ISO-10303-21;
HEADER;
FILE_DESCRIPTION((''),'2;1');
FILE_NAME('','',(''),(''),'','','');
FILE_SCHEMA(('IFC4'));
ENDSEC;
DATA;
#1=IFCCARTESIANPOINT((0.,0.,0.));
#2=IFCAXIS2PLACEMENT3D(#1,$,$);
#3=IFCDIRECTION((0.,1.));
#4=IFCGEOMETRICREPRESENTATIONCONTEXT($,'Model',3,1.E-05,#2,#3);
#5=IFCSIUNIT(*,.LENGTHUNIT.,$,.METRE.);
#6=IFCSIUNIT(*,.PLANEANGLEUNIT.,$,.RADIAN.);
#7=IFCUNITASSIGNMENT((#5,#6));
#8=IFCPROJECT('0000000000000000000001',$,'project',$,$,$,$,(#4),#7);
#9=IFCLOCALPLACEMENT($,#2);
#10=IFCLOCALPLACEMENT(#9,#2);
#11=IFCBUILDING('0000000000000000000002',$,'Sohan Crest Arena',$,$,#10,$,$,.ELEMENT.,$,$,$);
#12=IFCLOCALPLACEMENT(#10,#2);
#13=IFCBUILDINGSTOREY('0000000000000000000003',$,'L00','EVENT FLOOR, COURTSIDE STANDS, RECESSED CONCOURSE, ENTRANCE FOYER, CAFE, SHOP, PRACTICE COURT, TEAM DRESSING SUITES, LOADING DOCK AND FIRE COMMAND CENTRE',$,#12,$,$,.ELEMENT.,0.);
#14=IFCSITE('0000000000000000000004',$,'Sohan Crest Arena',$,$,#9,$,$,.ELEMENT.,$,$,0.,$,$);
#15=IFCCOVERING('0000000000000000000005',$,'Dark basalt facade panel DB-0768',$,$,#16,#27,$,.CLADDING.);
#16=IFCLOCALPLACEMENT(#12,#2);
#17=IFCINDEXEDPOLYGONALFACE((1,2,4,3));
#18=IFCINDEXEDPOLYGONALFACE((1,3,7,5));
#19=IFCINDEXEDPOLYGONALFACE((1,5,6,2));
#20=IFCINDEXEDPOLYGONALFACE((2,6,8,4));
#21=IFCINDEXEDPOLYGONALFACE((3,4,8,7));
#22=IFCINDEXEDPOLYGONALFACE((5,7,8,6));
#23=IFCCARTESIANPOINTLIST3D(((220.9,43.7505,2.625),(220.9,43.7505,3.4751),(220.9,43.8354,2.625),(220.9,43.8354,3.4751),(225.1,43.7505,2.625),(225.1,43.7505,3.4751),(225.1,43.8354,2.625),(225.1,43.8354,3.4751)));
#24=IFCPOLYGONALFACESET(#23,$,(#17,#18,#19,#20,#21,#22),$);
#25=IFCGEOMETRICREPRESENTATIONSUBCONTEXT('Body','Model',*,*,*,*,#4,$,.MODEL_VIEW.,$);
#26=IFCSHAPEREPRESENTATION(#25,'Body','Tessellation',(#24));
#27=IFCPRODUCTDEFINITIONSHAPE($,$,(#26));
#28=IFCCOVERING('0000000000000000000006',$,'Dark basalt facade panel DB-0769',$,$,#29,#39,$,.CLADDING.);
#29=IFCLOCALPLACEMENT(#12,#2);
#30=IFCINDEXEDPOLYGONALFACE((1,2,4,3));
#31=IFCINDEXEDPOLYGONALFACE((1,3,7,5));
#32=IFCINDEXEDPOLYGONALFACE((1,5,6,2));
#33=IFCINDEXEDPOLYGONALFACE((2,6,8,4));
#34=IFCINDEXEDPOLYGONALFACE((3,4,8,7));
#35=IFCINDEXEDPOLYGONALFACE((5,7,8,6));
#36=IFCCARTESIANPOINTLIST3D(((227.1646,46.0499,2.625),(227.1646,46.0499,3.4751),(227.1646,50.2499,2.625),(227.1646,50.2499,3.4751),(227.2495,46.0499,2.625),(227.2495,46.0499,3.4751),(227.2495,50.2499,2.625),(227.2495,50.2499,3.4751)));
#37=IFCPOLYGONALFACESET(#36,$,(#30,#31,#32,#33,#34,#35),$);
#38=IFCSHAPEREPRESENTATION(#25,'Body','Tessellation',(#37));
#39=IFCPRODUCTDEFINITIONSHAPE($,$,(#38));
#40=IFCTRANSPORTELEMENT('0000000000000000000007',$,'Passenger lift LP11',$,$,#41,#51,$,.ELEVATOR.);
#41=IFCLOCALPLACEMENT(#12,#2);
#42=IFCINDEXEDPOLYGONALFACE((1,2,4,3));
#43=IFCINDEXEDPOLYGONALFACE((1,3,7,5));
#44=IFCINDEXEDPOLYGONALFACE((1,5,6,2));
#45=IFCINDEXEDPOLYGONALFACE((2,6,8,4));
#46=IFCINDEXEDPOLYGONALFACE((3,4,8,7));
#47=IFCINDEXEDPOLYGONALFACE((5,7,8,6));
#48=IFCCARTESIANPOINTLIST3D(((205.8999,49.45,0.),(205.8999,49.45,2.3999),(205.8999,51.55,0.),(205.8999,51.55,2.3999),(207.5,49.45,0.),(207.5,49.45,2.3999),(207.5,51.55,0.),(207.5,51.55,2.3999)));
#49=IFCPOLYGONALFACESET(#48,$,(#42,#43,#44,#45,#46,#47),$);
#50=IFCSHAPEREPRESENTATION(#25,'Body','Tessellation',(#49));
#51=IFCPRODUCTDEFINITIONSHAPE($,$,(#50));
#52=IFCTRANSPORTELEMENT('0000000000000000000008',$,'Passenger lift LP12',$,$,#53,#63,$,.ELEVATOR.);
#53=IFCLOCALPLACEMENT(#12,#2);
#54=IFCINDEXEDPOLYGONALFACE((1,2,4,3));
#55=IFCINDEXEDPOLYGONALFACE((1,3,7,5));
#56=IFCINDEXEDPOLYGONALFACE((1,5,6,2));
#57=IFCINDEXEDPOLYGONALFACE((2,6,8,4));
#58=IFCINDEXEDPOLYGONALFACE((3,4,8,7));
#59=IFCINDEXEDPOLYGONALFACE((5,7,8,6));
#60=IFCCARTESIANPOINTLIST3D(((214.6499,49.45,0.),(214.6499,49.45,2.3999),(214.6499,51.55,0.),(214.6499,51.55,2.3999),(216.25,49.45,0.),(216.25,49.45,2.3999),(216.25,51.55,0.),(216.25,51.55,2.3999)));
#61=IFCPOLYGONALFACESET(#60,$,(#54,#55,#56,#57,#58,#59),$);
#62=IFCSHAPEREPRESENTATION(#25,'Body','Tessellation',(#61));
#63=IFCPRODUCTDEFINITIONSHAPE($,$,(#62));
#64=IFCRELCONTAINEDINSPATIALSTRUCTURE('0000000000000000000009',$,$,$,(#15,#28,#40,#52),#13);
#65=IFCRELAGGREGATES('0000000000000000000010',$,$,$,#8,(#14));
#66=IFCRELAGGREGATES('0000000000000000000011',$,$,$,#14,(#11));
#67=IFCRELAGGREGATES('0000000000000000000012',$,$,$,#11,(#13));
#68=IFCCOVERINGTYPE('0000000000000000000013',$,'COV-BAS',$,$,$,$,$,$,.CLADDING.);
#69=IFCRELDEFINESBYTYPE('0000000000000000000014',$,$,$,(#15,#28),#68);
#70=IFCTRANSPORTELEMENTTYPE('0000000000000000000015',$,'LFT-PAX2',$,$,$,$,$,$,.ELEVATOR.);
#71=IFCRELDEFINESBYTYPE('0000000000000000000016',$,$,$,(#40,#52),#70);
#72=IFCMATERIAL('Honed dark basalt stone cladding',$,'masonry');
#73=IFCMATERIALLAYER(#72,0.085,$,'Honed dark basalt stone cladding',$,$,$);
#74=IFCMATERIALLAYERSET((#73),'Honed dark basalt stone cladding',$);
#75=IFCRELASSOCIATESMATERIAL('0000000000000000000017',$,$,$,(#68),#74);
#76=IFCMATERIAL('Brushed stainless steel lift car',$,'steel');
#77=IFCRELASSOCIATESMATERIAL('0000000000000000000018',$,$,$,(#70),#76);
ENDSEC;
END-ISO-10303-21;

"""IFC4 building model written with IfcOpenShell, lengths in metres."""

from ifc_helpers import new_model, si_unit, direction, frame, origin, origin_2d, place, context, subcontext, project, spatial, rectangle, extrude, material, layer, layer_set, type_object, element, save


model = new_model("IFC4")

# Units and contexts
model_context = context("Model", 3, precision=1e-05, world=origin(), true_north=direction((0.0, 1.0)))
body_context = subcontext(model_context, "Body", "Model", "MODEL_VIEW")
ifc_project = project(units=[si_unit("LENGTHUNIT", "METRE"), si_unit("PLANEANGLEUNIT", "RADIAN")], contexts=[model_context])

# Site, building, storey
site_placement = place(None, origin())
site = spatial("IfcSite", under=ifc_project, at=site_placement, Name="Sohan Crest Arena", CompositionType="ELEMENT", RefElevation=0.0)
building_placement = place(site_placement, origin())
building = spatial("IfcBuilding", under=site, at=building_placement, Name="Sohan Crest Arena", CompositionType="ELEMENT")
storey_placement = place(building_placement, origin())
storey = spatial("IfcBuildingStorey", under=building, at=storey_placement, Name="L00", Description="EVENT FLOOR, COURTSIDE STANDS, RECESSED CONCOURSE, ENTRANCE FOYER, CAFE, SHOP, PRACTICE COURT, TEAM DRESSING SUITES, LOADING DOCK AND FIRE COMMAND CENTRE", CompositionType="ELEMENT", Elevation=0.0)

# Coverings
ifc_material_1 = material(Name="Honed dark basalt stone cladding", Category="masonry")
ifc_layer_1 = layer(ifc_material_1, 0.085, Name="Honed dark basalt stone cladding")
ifc_layer_set_1 = layer_set([ifc_layer_1], Name="Honed dark basalt stone cladding")
covering_type = type_object("IfcCoveringType", Name="COV-BAS", PredefinedType="CLADDING", material=ifc_layer_set_1)
for number, where, z_axis, x_axis, name in (
    (1, (223.0, 43.793, 2.625), (0.0, 0.0, 1.0), (1.0, 0.0, 0.0), "Dark basalt facade panel DB-0768"),
    (2, (227.207, 48.1499, 2.625), (0.0, 0.0, 1.0), (0.0, 1.0, 0.0), "Dark basalt facade panel DB-0769"),
):
    element("IfcCovering", number, at=place(storey_placement, frame(where, z_axis=z_axis, x_axis=x_axis)), inside=storey, type_object=covering_type, Name=name, PredefinedType="CLADDING", context=body_context, shape_type="SweptSolid", body=[
        extrude(rectangle(XDim=4.2, YDim=0.085, at=origin_2d()), origin(), (0.0, 0.0, 1.0), 0.8501),
    ])

# Transport elements
ifc_material_2 = material(Name="Brushed stainless steel lift car", Category="steel")
transport_element_type = type_object("IfcTransportElementType", Name="LFT-PAX2", PredefinedType="ELEVATOR", material=ifc_material_2)
for number, where, z_axis, x_axis, name in (
    (3, (206.7, 50.5, 0.0), (0.0, 0.0, 1.0), (1.0, 0.0, 0.0), "Passenger lift LP11"),
    (4, (215.45, 50.5, 0.0), (0.0, 0.0, 1.0), (1.0, 0.0, 0.0), "Passenger lift LP12"),
):
    element("IfcTransportElement", number, at=place(storey_placement, frame(where, z_axis=z_axis, x_axis=x_axis)), inside=storey, type_object=transport_element_type, Name=name, PredefinedType="ELEVATOR", context=body_context, shape_type="SweptSolid", body=[
        extrude(rectangle(XDim=1.6001, YDim=2.1001, at=origin_2d()), origin(), (0.0, 0.0, 1.0), 2.3999),
    ])

save(model, "model.ifc")
